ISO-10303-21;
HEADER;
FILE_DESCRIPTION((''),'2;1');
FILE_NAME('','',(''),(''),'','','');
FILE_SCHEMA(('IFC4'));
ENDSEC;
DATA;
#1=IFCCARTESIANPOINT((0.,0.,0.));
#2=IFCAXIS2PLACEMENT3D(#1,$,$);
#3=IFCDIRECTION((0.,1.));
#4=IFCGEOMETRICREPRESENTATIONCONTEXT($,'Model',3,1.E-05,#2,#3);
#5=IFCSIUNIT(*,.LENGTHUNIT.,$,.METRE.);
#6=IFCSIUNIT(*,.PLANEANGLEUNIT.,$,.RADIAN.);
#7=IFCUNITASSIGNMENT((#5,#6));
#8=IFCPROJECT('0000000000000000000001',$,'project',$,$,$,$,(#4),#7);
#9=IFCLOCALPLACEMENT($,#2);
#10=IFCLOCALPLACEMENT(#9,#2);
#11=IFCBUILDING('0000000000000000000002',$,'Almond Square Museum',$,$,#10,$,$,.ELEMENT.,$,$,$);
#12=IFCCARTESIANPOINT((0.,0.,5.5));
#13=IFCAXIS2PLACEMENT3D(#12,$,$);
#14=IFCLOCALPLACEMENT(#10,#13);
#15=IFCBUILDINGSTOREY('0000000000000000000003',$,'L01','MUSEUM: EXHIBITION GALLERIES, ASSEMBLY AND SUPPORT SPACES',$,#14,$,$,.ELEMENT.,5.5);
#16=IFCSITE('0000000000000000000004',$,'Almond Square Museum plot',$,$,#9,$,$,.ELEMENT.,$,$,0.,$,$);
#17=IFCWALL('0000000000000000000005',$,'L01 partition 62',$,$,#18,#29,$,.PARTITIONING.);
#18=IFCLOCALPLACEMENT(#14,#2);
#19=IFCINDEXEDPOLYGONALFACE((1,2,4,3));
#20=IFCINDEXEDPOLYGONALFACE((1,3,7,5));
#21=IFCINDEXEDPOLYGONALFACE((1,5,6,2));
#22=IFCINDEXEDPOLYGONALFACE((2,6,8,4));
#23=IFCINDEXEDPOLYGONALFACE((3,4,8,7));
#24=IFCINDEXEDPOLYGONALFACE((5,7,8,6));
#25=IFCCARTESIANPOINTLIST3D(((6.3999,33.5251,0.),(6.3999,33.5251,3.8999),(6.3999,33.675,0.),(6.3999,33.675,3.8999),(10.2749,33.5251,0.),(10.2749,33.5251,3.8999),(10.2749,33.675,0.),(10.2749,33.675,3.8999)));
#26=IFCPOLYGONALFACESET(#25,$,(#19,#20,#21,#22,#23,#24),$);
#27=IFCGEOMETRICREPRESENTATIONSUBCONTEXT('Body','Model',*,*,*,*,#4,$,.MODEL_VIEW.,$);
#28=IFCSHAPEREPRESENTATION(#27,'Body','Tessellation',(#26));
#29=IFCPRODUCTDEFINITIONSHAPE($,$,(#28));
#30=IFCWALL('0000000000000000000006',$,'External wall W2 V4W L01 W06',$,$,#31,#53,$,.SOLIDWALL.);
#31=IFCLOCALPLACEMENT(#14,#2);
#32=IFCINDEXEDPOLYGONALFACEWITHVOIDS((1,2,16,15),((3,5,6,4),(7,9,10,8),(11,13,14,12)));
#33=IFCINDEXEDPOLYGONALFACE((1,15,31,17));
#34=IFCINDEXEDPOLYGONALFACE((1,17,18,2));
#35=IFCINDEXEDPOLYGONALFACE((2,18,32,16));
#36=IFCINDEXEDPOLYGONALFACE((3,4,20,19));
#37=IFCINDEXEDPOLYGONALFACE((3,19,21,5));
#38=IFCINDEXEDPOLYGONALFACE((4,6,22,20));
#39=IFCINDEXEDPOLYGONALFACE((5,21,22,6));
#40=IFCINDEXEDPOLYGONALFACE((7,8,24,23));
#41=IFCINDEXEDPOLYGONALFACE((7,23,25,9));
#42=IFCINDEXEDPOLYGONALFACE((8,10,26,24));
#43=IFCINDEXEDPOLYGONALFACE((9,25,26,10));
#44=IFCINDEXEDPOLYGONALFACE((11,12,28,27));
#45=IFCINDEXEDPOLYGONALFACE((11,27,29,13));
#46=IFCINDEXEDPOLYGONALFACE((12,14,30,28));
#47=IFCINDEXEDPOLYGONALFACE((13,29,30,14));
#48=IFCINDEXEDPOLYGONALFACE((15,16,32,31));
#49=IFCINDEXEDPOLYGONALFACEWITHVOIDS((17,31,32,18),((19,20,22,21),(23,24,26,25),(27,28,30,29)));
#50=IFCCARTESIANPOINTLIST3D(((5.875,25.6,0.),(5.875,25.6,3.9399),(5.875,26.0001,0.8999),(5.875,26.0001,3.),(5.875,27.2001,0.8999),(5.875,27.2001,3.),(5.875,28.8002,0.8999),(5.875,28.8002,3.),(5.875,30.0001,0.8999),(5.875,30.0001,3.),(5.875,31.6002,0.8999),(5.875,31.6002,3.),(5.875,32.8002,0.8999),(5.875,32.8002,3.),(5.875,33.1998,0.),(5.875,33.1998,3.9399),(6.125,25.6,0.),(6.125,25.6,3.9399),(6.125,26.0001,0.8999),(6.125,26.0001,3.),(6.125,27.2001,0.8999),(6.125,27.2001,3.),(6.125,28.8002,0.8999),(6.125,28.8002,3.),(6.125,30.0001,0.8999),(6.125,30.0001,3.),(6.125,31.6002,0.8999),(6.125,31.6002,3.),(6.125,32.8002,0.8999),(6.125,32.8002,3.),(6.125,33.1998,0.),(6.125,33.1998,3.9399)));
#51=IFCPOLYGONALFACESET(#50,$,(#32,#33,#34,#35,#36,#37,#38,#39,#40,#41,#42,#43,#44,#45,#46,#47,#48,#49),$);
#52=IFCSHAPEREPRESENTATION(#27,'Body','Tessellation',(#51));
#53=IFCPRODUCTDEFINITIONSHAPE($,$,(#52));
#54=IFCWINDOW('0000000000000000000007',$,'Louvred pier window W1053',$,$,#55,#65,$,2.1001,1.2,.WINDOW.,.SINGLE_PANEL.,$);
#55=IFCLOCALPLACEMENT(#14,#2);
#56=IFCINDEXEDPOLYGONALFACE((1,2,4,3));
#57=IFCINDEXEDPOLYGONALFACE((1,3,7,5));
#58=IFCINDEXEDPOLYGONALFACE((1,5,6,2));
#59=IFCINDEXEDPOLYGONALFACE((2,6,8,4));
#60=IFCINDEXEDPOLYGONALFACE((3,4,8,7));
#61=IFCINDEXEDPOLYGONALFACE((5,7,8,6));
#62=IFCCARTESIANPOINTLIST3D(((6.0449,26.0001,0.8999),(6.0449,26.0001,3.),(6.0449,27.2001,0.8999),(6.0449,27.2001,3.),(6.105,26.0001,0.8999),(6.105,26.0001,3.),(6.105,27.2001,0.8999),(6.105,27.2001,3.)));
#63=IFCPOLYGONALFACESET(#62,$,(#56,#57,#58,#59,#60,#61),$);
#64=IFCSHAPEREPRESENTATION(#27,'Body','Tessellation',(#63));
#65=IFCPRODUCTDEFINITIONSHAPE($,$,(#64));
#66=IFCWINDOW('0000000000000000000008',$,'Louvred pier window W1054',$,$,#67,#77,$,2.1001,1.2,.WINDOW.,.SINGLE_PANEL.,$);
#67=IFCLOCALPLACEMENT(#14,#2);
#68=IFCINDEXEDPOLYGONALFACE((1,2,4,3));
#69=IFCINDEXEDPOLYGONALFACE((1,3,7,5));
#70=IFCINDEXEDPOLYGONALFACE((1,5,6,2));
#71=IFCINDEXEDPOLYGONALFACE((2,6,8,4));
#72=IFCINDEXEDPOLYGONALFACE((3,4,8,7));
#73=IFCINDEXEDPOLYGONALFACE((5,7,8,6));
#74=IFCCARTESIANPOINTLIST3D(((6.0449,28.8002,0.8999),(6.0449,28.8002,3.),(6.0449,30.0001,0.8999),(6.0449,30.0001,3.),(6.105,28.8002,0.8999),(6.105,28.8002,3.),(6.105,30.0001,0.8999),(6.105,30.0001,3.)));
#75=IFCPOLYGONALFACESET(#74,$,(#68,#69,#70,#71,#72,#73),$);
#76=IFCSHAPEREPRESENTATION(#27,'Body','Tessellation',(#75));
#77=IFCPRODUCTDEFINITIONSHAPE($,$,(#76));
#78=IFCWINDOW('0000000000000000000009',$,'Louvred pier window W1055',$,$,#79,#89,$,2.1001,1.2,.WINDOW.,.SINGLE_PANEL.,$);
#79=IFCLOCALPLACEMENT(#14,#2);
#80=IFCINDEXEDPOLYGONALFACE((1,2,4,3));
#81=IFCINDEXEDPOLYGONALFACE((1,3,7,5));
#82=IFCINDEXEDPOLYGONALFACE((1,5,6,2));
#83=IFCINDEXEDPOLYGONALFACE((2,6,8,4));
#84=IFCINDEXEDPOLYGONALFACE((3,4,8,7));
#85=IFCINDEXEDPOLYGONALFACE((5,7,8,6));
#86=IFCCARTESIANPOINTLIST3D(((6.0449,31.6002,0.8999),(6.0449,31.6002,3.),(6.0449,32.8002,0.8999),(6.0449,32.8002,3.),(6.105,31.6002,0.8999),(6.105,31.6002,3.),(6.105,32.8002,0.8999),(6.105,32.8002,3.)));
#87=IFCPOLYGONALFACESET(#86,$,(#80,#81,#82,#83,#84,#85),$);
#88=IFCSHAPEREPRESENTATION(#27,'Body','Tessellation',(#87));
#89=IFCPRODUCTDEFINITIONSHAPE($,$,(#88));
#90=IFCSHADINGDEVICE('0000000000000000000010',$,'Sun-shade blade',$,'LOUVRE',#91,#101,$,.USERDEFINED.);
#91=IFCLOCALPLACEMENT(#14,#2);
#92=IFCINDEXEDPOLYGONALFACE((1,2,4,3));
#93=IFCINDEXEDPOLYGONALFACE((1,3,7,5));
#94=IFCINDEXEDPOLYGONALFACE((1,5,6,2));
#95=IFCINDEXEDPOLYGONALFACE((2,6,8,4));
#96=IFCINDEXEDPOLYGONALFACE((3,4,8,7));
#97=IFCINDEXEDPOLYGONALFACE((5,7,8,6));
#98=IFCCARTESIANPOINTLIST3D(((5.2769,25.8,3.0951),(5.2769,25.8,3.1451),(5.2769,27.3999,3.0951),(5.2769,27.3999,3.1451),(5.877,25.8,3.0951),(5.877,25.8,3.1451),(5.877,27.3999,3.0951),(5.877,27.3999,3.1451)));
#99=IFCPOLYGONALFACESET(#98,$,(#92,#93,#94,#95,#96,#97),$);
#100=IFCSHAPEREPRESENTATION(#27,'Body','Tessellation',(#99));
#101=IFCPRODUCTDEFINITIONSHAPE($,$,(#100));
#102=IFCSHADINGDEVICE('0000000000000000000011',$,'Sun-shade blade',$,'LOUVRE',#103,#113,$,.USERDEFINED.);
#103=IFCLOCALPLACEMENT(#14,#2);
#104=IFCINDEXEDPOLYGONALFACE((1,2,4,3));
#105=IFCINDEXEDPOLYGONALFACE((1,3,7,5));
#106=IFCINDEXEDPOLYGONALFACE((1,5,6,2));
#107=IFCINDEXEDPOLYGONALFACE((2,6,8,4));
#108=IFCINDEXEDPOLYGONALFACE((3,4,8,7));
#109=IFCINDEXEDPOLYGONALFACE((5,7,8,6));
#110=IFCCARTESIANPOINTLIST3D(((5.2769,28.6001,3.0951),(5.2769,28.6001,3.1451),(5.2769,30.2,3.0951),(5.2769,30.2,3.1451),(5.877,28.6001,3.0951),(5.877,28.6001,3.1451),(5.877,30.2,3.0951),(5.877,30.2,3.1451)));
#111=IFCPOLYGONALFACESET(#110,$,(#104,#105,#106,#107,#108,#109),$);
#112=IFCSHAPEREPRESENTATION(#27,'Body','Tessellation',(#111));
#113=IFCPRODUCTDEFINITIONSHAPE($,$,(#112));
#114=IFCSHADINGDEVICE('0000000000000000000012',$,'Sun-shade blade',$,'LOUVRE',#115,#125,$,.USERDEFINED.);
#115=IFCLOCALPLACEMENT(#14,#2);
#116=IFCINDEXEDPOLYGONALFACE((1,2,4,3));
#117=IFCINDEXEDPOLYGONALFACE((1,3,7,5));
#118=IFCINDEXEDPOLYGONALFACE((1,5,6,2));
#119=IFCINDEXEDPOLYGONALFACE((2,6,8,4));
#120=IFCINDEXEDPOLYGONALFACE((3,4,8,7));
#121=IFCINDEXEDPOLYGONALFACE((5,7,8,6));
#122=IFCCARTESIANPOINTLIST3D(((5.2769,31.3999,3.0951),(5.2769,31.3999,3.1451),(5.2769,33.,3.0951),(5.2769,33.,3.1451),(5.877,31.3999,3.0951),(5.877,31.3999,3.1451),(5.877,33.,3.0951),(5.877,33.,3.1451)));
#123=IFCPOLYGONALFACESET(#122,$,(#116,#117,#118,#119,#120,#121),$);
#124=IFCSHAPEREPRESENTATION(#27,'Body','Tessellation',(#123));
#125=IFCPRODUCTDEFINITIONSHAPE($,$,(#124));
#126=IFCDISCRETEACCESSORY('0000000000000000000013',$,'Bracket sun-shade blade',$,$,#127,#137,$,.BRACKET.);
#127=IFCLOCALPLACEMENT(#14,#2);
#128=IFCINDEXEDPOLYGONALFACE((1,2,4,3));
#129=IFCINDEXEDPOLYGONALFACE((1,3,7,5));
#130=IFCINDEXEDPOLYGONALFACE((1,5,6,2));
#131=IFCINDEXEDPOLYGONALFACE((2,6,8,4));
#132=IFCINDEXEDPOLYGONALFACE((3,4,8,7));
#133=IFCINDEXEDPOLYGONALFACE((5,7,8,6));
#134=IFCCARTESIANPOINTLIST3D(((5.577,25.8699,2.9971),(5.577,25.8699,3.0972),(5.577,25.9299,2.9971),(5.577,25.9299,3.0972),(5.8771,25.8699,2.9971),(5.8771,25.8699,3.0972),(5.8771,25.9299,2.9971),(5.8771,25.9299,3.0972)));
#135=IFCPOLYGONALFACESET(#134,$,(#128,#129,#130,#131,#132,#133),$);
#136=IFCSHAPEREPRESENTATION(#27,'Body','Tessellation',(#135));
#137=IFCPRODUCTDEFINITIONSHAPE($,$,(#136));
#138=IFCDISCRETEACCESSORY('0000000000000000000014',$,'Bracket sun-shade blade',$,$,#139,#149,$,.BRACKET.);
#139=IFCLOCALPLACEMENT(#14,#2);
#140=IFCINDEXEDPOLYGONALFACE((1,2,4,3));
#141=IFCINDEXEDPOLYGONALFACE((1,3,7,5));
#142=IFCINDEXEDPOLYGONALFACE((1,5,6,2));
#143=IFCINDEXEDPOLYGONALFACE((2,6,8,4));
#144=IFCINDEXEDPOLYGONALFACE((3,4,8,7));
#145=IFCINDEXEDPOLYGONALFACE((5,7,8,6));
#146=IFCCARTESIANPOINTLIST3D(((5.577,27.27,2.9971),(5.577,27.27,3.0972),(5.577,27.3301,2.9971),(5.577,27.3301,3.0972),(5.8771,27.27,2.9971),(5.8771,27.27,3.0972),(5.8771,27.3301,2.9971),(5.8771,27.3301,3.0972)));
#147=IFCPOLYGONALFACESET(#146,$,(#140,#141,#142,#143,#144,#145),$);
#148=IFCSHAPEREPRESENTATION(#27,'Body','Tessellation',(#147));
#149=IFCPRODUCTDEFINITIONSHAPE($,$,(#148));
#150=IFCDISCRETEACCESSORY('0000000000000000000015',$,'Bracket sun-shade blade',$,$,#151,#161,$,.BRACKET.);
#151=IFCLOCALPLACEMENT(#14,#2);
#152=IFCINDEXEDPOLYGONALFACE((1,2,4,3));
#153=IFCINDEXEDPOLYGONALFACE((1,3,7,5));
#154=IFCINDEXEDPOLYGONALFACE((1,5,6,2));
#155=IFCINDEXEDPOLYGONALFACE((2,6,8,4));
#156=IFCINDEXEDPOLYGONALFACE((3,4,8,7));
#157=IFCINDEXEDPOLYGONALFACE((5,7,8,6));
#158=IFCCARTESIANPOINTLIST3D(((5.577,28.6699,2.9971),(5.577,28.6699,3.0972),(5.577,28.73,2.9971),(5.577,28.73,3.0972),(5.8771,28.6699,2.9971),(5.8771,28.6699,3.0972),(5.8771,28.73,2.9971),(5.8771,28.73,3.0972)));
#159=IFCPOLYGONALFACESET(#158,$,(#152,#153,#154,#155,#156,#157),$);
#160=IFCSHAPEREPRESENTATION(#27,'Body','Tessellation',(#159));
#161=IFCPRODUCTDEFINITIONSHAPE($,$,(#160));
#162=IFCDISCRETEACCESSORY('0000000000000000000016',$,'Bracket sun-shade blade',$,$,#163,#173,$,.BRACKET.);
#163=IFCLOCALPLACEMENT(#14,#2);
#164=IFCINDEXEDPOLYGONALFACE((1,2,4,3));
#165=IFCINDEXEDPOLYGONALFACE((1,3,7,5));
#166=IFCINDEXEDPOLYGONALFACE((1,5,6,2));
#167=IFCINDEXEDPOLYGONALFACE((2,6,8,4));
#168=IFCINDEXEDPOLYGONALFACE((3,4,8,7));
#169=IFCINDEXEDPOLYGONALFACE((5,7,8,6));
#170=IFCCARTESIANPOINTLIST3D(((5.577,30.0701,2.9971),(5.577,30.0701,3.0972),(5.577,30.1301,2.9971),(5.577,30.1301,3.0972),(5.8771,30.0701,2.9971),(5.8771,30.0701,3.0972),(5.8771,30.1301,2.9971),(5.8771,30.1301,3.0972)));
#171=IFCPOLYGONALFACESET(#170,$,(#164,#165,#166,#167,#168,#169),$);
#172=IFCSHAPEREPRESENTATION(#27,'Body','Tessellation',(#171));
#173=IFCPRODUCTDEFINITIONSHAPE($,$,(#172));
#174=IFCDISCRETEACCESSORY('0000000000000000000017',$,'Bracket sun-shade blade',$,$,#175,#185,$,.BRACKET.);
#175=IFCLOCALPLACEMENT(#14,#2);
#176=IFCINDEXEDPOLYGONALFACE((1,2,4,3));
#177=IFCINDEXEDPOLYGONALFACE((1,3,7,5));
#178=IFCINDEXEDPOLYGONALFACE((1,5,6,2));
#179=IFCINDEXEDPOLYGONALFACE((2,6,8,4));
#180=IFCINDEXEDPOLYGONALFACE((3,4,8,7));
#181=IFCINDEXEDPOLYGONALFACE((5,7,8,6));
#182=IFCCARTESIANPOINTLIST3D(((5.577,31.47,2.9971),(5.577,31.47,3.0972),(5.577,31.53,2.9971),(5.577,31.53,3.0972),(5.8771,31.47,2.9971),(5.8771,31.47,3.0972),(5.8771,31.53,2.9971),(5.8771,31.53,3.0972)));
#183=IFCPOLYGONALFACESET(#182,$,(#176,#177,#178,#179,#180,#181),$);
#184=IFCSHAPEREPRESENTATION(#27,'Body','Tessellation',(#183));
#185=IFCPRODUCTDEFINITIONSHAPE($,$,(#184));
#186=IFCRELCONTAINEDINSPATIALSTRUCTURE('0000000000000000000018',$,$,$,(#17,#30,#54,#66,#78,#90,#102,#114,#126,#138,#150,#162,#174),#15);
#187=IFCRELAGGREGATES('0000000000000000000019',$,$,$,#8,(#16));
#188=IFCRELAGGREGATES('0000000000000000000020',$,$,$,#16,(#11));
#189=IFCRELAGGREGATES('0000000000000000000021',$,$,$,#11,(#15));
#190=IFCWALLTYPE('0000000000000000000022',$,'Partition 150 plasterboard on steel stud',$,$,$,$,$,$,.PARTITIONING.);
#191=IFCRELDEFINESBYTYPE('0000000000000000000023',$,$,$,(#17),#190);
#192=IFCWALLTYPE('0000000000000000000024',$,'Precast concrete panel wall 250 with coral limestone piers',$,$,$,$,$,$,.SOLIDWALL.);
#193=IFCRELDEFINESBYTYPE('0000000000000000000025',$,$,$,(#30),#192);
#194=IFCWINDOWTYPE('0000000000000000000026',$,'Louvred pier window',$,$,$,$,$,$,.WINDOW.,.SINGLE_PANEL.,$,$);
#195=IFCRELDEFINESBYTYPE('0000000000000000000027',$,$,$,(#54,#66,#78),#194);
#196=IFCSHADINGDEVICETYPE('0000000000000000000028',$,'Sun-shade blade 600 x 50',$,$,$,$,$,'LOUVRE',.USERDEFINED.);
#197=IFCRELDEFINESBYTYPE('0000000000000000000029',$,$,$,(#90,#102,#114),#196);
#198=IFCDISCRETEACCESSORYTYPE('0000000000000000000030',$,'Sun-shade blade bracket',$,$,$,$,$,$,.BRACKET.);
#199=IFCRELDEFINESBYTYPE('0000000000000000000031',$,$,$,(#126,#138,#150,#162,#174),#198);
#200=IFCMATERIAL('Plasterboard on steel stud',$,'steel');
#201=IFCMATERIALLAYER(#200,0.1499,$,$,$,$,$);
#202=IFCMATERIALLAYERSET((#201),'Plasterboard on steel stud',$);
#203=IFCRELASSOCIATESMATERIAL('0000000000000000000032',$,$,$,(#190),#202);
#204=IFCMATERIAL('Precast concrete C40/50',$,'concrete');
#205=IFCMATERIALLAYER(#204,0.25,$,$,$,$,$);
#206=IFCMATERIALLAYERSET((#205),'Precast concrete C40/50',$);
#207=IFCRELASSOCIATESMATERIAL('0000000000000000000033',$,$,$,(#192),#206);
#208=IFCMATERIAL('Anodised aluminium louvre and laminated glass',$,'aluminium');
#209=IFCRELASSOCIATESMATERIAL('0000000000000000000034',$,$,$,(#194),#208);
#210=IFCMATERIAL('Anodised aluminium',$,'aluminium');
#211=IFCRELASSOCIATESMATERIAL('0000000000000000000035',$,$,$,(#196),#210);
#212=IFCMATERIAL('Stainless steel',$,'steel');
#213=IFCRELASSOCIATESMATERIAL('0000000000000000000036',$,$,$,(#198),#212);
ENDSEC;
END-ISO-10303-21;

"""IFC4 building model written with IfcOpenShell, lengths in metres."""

from ifc_helpers import new_model, si_unit, direction, frame, frame_2d, origin, origin_2d, place, context, subcontext, project, spatial, rectangle, extrude, material, layer, layer_set, material_profile, profile_set, type_object, element, fill, save


model = new_model("IFC4")

# Units and contexts
model_context = context("Model", 3, precision=1e-05, world=origin(), true_north=direction((0.0, 1.0)))
body_context = subcontext(model_context, "Body", "Model", "MODEL_VIEW")
ifc_project = project(units=[si_unit("LENGTHUNIT", "METRE"), si_unit("PLANEANGLEUNIT", "RADIAN")], contexts=[model_context])

# Site, building, storey
site_placement = place(None, origin())
site = spatial("IfcSite", under=ifc_project, at=site_placement, Name="Almond Square Museum plot", CompositionType="ELEMENT", RefElevation=0.0)
building_placement = place(site_placement, origin())
building = spatial("IfcBuilding", under=site, at=building_placement, Name="Almond Square Museum", CompositionType="ELEMENT")
storey_placement = place(building_placement, frame((0.0, 0.0, 5.5)))
storey = spatial("IfcBuildingStorey", under=building, at=storey_placement, Name="L01", Description="MUSEUM: EXHIBITION GALLERIES, ASSEMBLY AND SUPPORT SPACES", CompositionType="ELEMENT", Elevation=5.5)

# Shared definitions
ifc_material_1 = material(Name="Plasterboard on steel stud", Category="steel")
ifc_layer_1 = layer(ifc_material_1, 0.1499)
ifc_layer_set_1 = layer_set([ifc_layer_1], Name="Plasterboard on steel stud")
wall_type_1 = type_object("IfcWallType", Name="Partition 150 plasterboard on steel stud", PredefinedType="PARTITIONING", material=ifc_layer_set_1)

# Wall
wall_1_placement = place(storey_placement, frame((6.3999, 33.6001, 0.0), z_axis=(0.0, 0.0, 1.0), x_axis=(1.0, 0.0, 0.0)))
element("IfcWall", 1, at=wall_1_placement, inside=storey, type_object=wall_type_1, Name="L01 partition 62", PredefinedType="PARTITIONING", context=body_context, shape_type="SweptSolid", body=[
    extrude(rectangle(XDim=3.875, YDim=0.1499, at=frame_2d((1.9375, 0.0))), origin(), (0.0, 0.0, 1.0), 3.8999),
])

# Wall, openings, windows
ifc_material_2 = material(Name="Precast concrete C40/50", Category="concrete")
ifc_layer_2 = layer(ifc_material_2, 0.25)
ifc_layer_set_2 = layer_set([ifc_layer_2], Name="Precast concrete C40/50")
wall_type_2 = type_object("IfcWallType", Name="Precast concrete panel wall 250 with coral limestone piers", PredefinedType="SOLIDWALL", material=ifc_layer_set_2)
wall_2_placement = place(storey_placement, frame((6.0, 25.6001, 0.0), z_axis=(0.0, 0.0, 1.0), x_axis=(0.0, 1.0, 0.0)))
wall_2 = element("IfcWall", 2, at=wall_2_placement, inside=storey, type_object=wall_type_2, Name="External wall W2 V4W L01 W06", PredefinedType="SOLIDWALL", context=body_context, shape_type="SweptSolid", body=[
    extrude(rectangle(XDim=7.5999, YDim=0.25, at=frame_2d((3.7998, 0.0))), origin(), (0.0, 0.0, 1.0), 3.9399),
])
opening_1_placement = place(wall_2_placement, frame((0.3999, 0.0, 0.8999)))
opening_1 = element("IfcOpeningElement", 3, at=opening_1_placement, cuts=wall_2, PredefinedType="OPENING", context=body_context, shape_type="SweptSolid", body=[
    extrude(rectangle(XDim=1.2, YDim=2.1001, at=frame_2d((0.6001, 1.05))), frame((0.0, 0.135, 0.0), z_axis=(0.0, -1.0, 0.0), x_axis=(1.0, 0.0, 0.0)), (0.0, 0.0, 1.0), 0.27),
])
opening_2_placement = place(wall_2_placement, frame((3.2, 0.0, 0.8999)))
opening_2 = element("IfcOpeningElement", 4, at=opening_2_placement, cuts=wall_2, PredefinedType="OPENING", context=body_context, shape_type="SweptSolid", body=[
    extrude(rectangle(XDim=1.2, YDim=2.1001, at=frame_2d((0.6001, 1.05))), frame((0.0, 0.135, 0.0), z_axis=(0.0, -1.0, 0.0), x_axis=(1.0, 0.0, 0.0)), (0.0, 0.0, 1.0), 0.27),
])
opening_3_placement = place(wall_2_placement, frame((6.0, 0.0, 0.8999)))
opening_3 = element("IfcOpeningElement", 5, at=opening_3_placement, cuts=wall_2, PredefinedType="OPENING", context=body_context, shape_type="SweptSolid", body=[
    extrude(rectangle(XDim=1.2, YDim=2.1001, at=frame_2d((0.6001, 1.05))), frame((0.0, 0.135, 0.0), z_axis=(0.0, -1.0, 0.0), x_axis=(1.0, 0.0, 0.0)), (0.0, 0.0, 1.0), 0.27),
])
ifc_material_3 = material(Name="Anodised aluminium louvre and laminated glass", Category="aluminium")
window_type = type_object("IfcWindowType", Name="Louvred pier window", PartitioningType="SINGLE_PANEL", PredefinedType="WINDOW", material=ifc_material_3)
window_1_placement = place(opening_1_placement, origin())
window_1 = element("IfcWindow", 6, at=window_1_placement, inside=storey, type_object=window_type, Name="Louvred pier window W1053", OverallHeight=2.1001, OverallWidth=1.2, PartitioningType="SINGLE_PANEL", PredefinedType="WINDOW", context=body_context, shape_type="SweptSolid", body=[
    extrude(rectangle(XDim=1.2, YDim=2.1001, at=frame_2d((0.6001, 1.05))), frame((0.0, -0.0449, 0.0), z_axis=(0.0, -1.0, 0.0), x_axis=(1.0, 0.0, 0.0)), (0.0, 0.0, 1.0), 0.0601),
])
fill(opening_1, window_1)
window_2_placement = place(opening_2_placement, origin())
window_2 = element("IfcWindow", 7, at=window_2_placement, inside=storey, type_object=window_type, Name="Louvred pier window W1054", OverallHeight=2.1001, OverallWidth=1.2, PartitioningType="SINGLE_PANEL", PredefinedType="WINDOW", context=body_context, shape_type="SweptSolid", body=[
    extrude(rectangle(XDim=1.2, YDim=2.1001, at=frame_2d((0.6001, 1.05))), frame((0.0, -0.0449, 0.0), z_axis=(0.0, -1.0, 0.0), x_axis=(1.0, 0.0, 0.0)), (0.0, 0.0, 1.0), 0.0601),
])
fill(opening_2, window_2)
window_3_placement = place(opening_3_placement, origin())
window_3 = element("IfcWindow", 8, at=window_3_placement, inside=storey, type_object=window_type, Name="Louvred pier window W1055", OverallHeight=2.1001, OverallWidth=1.2, PartitioningType="SINGLE_PANEL", PredefinedType="WINDOW", context=body_context, shape_type="SweptSolid", body=[
    extrude(rectangle(XDim=1.2, YDim=2.1001, at=frame_2d((0.6001, 1.05))), frame((0.0, -0.0449, 0.0), z_axis=(0.0, -1.0, 0.0), x_axis=(1.0, 0.0, 0.0)), (0.0, 0.0, 1.0), 0.0601),
])
fill(opening_3, window_3)

# Shading devices
ifc_material_4 = material(Name="Anodised aluminium", Category="aluminium")
ifc_material_profile_1 = material_profile(ifc_material_4, rectangle(XDim=0.6001, YDim=0.05, at=origin_2d()))
ifc_profile_set_1 = profile_set([ifc_material_profile_1], Name="Anodised aluminium")
shading_device_type = type_object("IfcShadingDeviceType", Name="Sun-shade blade 600 x 50", ElementType="LOUVRE", PredefinedType="USERDEFINED", material=ifc_profile_set_1)
for number, where, z_axis, x_axis, name in (
    (9, (5.5769, 25.8, 3.1201), (0.0, 1.0, 0.0), (-1.0, 0.0, 0.0), "Sun-shade blade"),
    (10, (5.5769, 28.6001, 3.1201), (0.0, 1.0, 0.0), (-1.0, 0.0, 0.0), "Sun-shade blade"),
):
    element("IfcShadingDevice", number, at=place(storey_placement, frame(where, z_axis=z_axis, x_axis=x_axis)), inside=storey, type_object=shading_device_type, Name=name, ObjectType="LOUVRE", PredefinedType="USERDEFINED", context=body_context, shape_type="SweptSolid", body=[
        extrude(rectangle(XDim=0.6001, YDim=0.05, at=origin_2d()), origin(), (0.0, 0.0, 1.0), 1.5999),
    ])
shading_device_placement = place(storey_placement, frame((5.5769, 31.3999, 3.1201), z_axis=(0.0, 1.0, 0.0), x_axis=(-1.0, 0.0, 0.0)))
element("IfcShadingDevice", 11, at=shading_device_placement, inside=storey, type_object=shading_device_type, Name="Sun-shade blade", ObjectType="LOUVRE", PredefinedType="USERDEFINED", context=body_context, shape_type="SweptSolid", body=[
    extrude(rectangle(XDim=0.6001, YDim=0.05, at=origin_2d()), origin(), (0.0, 0.0, 1.0), 1.6001),
])

# Discrete accessories
ifc_material_5 = material(Name="Stainless steel", Category="steel")
discrete_accessory_type = type_object("IfcDiscreteAccessoryType", Name="Sun-shade blade bracket", PredefinedType="BRACKET", material=ifc_material_5)
for number, where, z_axis, x_axis, name in (
    (12, (5.7271, 25.8999, 2.9971), (0.0, 0.0, 1.0), (1.0, 0.0, 0.0), "Bracket sun-shade blade"),
    (13, (5.7271, 27.3, 2.9971), (0.0, 0.0, 1.0), (1.0, 0.0, 0.0), "Bracket sun-shade blade"),
    (14, (5.7271, 28.7, 2.9971), (0.0, 0.0, 1.0), (1.0, 0.0, 0.0), "Bracket sun-shade blade"),
    (15, (5.7271, 30.1001, 2.9971), (0.0, 0.0, 1.0), (1.0, 0.0, 0.0), "Bracket sun-shade blade"),
    (16, (5.7271, 31.5, 2.9971), (0.0, 0.0, 1.0), (1.0, 0.0, 0.0), "Bracket sun-shade blade"),
):
    element("IfcDiscreteAccessory", number, at=place(storey_placement, frame(where, z_axis=z_axis, x_axis=x_axis)), inside=storey, type_object=discrete_accessory_type, Name=name, PredefinedType="BRACKET", context=body_context, shape_type="SweptSolid", body=[
        extrude(rectangle(XDim=0.3, YDim=0.0601, at=origin_2d()), origin(), (0.0, 0.0, 1.0), 0.1001),
    ])

save(model, "model.ifc")
